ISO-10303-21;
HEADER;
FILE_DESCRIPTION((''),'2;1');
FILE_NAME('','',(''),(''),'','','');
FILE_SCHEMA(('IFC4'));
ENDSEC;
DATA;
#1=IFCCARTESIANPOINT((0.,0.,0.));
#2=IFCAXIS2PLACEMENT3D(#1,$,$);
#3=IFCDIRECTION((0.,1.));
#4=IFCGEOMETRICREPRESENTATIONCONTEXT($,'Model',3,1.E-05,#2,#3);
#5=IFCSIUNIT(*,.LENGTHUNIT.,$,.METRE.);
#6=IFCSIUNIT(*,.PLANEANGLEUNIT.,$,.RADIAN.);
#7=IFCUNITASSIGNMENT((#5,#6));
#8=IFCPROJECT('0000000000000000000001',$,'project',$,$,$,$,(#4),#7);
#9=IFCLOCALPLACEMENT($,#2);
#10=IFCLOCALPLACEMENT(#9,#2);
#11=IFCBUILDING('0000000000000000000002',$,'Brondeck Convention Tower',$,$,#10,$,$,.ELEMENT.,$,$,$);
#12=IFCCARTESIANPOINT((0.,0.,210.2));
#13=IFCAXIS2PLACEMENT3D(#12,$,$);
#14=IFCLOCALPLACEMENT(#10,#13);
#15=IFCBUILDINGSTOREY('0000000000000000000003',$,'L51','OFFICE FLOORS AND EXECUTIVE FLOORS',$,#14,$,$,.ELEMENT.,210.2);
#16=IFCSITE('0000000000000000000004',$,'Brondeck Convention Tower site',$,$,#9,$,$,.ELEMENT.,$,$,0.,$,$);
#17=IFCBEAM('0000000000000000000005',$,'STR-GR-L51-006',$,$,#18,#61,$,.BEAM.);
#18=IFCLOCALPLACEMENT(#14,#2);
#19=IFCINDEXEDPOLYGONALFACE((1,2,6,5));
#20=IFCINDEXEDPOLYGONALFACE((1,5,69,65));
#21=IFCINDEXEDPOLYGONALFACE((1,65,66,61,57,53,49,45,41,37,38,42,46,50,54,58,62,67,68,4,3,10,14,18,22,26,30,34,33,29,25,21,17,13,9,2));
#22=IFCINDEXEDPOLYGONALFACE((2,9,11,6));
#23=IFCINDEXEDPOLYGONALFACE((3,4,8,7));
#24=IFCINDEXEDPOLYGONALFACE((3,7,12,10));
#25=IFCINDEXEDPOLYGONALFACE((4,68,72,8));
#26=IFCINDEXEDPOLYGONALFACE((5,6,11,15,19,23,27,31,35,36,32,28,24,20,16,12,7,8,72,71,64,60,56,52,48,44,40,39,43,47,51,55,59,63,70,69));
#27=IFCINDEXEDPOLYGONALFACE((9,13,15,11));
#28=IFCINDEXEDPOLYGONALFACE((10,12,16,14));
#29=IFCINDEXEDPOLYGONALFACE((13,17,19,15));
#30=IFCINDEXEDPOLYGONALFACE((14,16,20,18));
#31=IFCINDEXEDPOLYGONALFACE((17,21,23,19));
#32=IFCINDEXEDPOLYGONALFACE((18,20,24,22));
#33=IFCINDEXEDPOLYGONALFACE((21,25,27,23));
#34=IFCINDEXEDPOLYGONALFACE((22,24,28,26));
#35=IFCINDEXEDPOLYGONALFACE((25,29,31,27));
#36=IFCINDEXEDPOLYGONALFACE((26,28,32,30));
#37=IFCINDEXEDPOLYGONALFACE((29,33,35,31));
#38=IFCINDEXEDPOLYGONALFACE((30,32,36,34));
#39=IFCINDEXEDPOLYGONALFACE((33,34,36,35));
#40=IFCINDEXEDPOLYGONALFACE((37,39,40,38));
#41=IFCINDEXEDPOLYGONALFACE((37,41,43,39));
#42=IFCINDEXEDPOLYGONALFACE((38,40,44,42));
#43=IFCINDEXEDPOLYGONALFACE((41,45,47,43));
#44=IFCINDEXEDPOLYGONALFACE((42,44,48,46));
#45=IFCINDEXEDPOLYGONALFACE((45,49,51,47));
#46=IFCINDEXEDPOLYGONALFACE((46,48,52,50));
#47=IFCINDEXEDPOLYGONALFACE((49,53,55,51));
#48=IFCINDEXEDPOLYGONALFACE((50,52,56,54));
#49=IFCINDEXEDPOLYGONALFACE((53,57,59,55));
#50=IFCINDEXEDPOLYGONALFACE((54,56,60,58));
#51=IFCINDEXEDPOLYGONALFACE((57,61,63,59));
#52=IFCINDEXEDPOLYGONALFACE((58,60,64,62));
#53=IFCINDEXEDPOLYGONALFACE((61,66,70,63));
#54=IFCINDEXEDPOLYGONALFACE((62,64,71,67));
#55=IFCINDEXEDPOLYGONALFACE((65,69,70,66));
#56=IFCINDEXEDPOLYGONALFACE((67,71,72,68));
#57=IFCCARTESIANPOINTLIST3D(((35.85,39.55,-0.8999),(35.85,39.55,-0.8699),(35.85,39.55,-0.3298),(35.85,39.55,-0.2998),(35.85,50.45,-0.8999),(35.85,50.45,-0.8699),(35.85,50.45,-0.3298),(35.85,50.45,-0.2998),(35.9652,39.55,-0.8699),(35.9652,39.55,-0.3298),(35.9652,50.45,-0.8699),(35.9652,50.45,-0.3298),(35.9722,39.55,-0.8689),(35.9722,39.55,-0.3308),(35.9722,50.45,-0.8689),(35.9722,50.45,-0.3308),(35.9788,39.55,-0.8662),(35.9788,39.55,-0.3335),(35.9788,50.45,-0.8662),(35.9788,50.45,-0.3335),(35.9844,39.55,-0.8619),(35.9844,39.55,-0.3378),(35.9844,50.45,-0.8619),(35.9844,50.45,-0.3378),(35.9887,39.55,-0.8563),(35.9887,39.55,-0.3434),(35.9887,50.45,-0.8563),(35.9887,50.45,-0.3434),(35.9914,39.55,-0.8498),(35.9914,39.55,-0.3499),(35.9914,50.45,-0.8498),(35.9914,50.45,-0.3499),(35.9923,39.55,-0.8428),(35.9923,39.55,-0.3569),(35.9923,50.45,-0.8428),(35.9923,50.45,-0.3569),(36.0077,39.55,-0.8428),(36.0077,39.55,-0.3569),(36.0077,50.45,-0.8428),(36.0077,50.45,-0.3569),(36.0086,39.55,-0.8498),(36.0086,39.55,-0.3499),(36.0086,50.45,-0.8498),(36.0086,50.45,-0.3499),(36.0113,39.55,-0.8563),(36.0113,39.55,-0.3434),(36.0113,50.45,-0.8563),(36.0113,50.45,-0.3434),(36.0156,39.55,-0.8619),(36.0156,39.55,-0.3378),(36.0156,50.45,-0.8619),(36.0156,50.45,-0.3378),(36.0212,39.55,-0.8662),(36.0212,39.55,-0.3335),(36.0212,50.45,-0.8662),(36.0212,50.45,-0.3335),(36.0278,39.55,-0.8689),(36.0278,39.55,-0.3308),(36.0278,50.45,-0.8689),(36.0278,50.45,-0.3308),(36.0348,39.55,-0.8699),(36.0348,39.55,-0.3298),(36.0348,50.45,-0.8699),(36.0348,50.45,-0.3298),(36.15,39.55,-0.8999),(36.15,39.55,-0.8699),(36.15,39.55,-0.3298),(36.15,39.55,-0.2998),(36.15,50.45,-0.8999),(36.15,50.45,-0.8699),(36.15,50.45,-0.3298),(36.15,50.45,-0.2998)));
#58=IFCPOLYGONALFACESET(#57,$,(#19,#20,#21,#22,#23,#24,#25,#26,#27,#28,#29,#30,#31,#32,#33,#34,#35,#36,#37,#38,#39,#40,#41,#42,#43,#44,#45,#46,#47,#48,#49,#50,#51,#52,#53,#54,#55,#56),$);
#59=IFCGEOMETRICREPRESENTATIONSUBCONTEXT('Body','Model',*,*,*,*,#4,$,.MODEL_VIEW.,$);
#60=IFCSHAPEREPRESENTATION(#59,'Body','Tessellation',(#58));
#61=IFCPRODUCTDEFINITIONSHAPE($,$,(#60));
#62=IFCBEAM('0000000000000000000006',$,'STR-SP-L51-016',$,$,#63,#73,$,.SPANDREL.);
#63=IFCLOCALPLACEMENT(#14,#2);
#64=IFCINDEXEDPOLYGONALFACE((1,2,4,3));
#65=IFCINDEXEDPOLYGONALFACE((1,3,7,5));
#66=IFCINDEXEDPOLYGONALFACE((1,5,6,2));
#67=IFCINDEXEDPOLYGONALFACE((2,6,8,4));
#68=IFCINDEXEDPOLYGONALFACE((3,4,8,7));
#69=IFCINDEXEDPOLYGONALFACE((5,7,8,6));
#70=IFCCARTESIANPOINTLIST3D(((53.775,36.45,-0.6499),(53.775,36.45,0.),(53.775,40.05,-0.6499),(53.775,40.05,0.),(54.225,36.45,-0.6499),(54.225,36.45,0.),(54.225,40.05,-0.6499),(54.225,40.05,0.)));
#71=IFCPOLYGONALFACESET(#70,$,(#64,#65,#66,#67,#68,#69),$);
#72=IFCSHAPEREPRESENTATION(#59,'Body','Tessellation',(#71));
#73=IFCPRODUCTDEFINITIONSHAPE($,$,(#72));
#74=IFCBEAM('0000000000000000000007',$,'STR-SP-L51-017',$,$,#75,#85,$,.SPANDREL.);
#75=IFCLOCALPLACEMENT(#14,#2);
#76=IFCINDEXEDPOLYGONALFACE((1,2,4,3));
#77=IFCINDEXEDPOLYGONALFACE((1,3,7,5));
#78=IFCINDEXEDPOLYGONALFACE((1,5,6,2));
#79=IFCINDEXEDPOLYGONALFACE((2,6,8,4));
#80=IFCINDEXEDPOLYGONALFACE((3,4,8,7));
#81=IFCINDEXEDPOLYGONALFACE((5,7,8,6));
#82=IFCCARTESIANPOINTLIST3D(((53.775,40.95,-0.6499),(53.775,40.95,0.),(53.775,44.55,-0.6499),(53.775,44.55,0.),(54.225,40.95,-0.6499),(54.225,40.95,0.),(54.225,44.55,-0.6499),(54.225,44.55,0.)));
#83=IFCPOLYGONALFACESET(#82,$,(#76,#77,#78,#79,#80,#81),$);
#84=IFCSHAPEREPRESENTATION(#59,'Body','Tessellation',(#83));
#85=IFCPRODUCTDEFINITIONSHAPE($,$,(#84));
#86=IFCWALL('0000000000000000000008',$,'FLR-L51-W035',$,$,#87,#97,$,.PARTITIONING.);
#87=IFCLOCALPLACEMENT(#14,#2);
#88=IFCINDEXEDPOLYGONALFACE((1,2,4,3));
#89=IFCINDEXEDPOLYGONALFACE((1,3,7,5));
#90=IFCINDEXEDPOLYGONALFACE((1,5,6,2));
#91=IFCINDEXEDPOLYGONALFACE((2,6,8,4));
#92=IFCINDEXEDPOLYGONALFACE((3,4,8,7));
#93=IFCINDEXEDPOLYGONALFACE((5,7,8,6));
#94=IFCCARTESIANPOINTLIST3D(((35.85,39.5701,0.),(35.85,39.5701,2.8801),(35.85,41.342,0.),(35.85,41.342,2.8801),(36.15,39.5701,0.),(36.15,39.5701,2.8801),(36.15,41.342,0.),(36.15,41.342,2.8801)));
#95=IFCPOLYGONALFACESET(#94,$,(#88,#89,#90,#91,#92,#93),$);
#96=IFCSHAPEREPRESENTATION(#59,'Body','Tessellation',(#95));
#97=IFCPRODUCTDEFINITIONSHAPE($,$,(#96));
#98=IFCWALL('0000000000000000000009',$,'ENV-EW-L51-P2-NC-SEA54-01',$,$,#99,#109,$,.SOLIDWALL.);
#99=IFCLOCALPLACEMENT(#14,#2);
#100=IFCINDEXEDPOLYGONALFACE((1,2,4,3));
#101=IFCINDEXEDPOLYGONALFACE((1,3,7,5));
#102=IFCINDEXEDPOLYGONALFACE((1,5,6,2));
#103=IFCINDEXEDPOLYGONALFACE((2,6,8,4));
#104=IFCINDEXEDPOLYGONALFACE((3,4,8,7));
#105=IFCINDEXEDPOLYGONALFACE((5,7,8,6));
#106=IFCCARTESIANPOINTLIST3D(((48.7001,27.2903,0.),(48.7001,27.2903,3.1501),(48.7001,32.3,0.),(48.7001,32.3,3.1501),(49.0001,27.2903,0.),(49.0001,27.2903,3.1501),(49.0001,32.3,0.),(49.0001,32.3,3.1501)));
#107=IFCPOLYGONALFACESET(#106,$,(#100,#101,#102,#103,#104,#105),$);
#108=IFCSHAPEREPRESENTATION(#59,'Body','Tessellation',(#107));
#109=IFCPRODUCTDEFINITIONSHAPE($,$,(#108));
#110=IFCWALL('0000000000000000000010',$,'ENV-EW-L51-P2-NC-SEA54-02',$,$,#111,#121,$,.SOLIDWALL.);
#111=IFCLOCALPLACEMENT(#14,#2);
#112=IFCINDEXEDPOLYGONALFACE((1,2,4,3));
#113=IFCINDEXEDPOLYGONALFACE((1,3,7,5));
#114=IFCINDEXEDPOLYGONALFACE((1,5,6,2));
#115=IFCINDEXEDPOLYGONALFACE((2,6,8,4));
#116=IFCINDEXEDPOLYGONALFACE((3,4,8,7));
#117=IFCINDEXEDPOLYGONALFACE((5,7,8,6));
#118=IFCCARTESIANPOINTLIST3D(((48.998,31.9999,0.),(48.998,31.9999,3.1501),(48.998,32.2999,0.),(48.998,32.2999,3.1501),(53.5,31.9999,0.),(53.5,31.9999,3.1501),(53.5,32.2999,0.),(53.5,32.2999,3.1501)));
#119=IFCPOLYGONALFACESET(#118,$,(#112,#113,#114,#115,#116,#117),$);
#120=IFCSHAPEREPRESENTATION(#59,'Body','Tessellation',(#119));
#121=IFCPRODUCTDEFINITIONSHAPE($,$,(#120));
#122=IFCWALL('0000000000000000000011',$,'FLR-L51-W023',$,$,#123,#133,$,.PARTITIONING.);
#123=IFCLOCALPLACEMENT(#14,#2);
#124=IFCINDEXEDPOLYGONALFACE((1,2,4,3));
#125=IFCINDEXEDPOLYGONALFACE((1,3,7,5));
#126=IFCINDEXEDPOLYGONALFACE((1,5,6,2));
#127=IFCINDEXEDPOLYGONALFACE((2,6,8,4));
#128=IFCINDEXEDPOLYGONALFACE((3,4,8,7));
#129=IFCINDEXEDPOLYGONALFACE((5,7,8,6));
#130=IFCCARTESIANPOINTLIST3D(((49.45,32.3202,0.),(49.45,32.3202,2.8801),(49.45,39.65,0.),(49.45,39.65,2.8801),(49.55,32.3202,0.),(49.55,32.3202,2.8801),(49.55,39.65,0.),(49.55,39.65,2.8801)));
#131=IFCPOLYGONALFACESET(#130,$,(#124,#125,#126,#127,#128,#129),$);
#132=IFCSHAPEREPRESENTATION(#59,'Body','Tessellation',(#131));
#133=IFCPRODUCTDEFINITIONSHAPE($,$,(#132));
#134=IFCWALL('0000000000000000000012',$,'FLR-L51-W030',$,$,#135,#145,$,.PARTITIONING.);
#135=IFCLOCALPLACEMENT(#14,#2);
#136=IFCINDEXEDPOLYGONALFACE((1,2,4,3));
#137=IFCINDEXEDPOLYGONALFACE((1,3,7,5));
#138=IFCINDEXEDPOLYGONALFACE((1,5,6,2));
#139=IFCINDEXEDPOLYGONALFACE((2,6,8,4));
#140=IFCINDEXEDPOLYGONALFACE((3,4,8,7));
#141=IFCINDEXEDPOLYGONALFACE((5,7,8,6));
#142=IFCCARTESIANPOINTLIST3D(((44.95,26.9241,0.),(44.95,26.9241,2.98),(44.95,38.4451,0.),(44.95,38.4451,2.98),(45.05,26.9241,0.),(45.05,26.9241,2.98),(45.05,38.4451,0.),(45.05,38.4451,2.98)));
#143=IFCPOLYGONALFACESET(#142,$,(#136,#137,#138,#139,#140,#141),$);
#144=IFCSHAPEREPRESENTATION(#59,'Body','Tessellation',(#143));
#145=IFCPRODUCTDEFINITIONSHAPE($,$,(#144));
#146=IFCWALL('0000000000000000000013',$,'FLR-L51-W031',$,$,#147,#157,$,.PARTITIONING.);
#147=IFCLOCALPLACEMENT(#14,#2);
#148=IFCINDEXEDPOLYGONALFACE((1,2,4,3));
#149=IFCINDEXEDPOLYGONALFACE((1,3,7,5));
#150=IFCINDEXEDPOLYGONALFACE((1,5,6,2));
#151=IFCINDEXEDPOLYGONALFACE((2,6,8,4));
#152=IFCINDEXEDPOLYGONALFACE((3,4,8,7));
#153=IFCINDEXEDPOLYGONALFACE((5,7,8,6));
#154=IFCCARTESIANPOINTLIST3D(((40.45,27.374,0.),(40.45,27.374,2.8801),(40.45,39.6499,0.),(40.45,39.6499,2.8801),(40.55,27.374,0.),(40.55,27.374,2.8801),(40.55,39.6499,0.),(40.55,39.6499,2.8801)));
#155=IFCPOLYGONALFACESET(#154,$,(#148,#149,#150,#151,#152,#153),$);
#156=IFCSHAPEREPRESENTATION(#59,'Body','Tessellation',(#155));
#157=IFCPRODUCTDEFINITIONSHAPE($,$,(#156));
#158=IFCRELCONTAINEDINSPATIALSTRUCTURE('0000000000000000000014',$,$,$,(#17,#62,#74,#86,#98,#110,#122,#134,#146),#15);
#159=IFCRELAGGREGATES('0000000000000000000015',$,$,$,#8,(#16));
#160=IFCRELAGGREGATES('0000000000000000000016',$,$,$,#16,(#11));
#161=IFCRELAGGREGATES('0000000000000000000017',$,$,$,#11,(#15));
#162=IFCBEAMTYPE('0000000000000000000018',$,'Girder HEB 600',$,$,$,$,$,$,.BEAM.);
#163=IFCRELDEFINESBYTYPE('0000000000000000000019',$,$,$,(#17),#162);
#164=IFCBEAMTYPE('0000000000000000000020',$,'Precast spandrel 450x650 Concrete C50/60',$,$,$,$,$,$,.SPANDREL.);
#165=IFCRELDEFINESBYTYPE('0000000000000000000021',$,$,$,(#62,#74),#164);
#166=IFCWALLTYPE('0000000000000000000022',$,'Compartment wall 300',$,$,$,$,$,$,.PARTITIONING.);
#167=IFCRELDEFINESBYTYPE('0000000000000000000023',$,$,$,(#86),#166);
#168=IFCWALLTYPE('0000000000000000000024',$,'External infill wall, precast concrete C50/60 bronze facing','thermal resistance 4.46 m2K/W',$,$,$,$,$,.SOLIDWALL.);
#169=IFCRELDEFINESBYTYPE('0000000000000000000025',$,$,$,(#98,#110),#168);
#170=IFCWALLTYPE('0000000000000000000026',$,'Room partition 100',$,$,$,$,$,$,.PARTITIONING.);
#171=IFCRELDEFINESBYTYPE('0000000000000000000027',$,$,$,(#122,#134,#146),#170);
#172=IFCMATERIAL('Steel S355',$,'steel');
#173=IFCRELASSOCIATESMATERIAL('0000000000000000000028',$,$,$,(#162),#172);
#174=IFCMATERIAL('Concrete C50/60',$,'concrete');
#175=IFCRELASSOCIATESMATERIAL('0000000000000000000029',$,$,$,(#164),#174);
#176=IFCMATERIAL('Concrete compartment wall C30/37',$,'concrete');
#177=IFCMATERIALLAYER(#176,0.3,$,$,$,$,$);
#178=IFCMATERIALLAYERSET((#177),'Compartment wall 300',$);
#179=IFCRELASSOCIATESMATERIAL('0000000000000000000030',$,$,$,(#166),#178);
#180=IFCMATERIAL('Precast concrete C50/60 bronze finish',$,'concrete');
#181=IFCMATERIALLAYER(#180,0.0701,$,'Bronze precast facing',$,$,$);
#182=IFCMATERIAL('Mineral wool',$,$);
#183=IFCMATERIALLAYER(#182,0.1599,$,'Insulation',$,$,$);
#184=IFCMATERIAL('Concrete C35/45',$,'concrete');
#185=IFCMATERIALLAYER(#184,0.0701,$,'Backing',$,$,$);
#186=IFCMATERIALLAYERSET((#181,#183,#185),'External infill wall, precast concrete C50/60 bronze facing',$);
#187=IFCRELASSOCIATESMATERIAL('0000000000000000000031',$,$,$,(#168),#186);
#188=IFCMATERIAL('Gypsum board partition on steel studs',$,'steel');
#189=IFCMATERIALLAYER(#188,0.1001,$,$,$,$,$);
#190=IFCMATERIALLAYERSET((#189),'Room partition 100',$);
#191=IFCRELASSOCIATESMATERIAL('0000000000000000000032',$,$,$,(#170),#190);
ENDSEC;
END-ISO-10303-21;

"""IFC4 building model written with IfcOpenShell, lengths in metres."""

from ifc_helpers import new_model, si_unit, direction, frame, frame_2d, origin, origin_2d, place, context, subcontext, project, spatial, rectangle, i_section, extrude, material, layer, layer_set, material_profile, profile_set, type_object, element, save


model = new_model("IFC4")

# Units and contexts
model_context = context("Model", 3, precision=1e-05, world=origin(), true_north=direction((0.0, 1.0)))
body_context = subcontext(model_context, "Body", "Model", "MODEL_VIEW")
ifc_project = project(units=[si_unit("LENGTHUNIT", "METRE"), si_unit("PLANEANGLEUNIT", "RADIAN")], contexts=[model_context])

# Site, building, storey
site_placement = place(None, origin())
site = spatial("IfcSite", under=ifc_project, at=site_placement, Name="Brondeck Convention Tower site", CompositionType="ELEMENT", RefElevation=0.0)
building_placement = place(site_placement, origin())
building = spatial("IfcBuilding", under=site, at=building_placement, Name="Brondeck Convention Tower", CompositionType="ELEMENT")
storey_placement = place(building_placement, frame((0.0, 0.0, 210.2)))
storey = spatial("IfcBuildingStorey", under=building, at=storey_placement, Name="L51", Description="OFFICE FLOORS AND EXECUTIVE FLOORS", CompositionType="ELEMENT", Elevation=210.2)

# Shared definitions
ifc_material_1 = material(Name="Concrete C50/60", Category="concrete")

# Beams
ifc_material_2 = material(Name="Steel S355", Category="steel")
ifc_material_profile_1 = material_profile(ifc_material_2, i_section(OverallWidth=0.3, OverallDepth=0.6001, WebThickness=0.0154, FlangeThickness=0.03, FilletRadius=0.0271, at=origin_2d()), Name="HEB 600")
ifc_profile_set_1 = profile_set([ifc_material_profile_1], Name="Steel S355")
beam_type_1 = type_object("IfcBeamType", Name="Girder HEB 600", PredefinedType="BEAM", material=ifc_profile_set_1)
beam_1_placement = place(storey_placement, frame((36.0, 39.55, -0.5999), z_axis=(0.0, 1.0, 0.0), x_axis=(-1.0, 0.0, 0.0)))
element("IfcBeam", 1, at=beam_1_placement, inside=storey, type_object=beam_type_1, Name="STR-GR-L51-006", PredefinedType="BEAM", context=body_context, shape_type="SweptSolid", body=[
    extrude(i_section(OverallWidth=0.3, OverallDepth=0.6001, WebThickness=0.0154, FlangeThickness=0.03, FilletRadius=0.0271, at=origin_2d()), origin(), (0.0, 0.0, 1.0), 10.8999),
])
ifc_material_profile_2 = material_profile(ifc_material_1, rectangle(XDim=0.45, YDim=0.6499, at=origin_2d()), Name="Precast spandrel 450x650 Concrete C50/60")
ifc_profile_set_2 = profile_set([ifc_material_profile_2], Name="Concrete C50/60")
beam_type_2 = type_object("IfcBeamType", Name="Precast spandrel 450x650 Concrete C50/60", PredefinedType="SPANDREL", material=ifc_profile_set_2)
for number, where, z_axis, x_axis, name in (
    (2, (54.0, 36.45, -0.325), (0.0, 1.0, 0.0), (-1.0, 0.0, 0.0), "STR-SP-L51-016"),
    (3, (54.0, 40.95, -0.325), (0.0, 1.0, 0.0), (-1.0, 0.0, 0.0), "STR-SP-L51-017"),
):
    element("IfcBeam", number, at=place(storey_placement, frame(where, z_axis=z_axis, x_axis=x_axis)), inside=storey, type_object=beam_type_2, Name=name, PredefinedType="SPANDREL", context=body_context, shape_type="SweptSolid", body=[
        extrude(rectangle(XDim=0.45, YDim=0.6499, at=origin_2d()), origin(), (0.0, 0.0, 1.0), 3.6001),
    ])

# Walls
ifc_material_3 = material(Name="Concrete compartment wall C30/37", Category="concrete")
ifc_layer_1 = layer(ifc_material_3, 0.3)
ifc_layer_set_1 = layer_set([ifc_layer_1], Name="Compartment wall 300")
wall_type_1 = type_object("IfcWallType", Name="Compartment wall 300", PredefinedType="PARTITIONING", material=ifc_layer_set_1)
wall_1_placement = place(storey_placement, frame((36.0, 39.5701, 0.0), z_axis=(0.0, 0.0, 1.0), x_axis=(0.0, 1.0, 0.0)))
element("IfcWall", 4, at=wall_1_placement, inside=storey, type_object=wall_type_1, Name="FLR-L51-W035", PredefinedType="PARTITIONING", context=body_context, shape_type="SweptSolid", body=[
    extrude(rectangle(XDim=1.772, YDim=0.3, at=frame_2d((0.886, 0.0))), origin(), (0.0, 0.0, 1.0), 2.8801),
])
ifc_material_4 = material(Name="Precast concrete C50/60 bronze finish", Category="concrete")
ifc_layer_2 = layer(ifc_material_4, 0.0701, Name="Bronze precast facing")
ifc_material_5 = material(Name="Mineral wool")
ifc_layer_3 = layer(ifc_material_5, 0.1599, Name="Insulation")
ifc_material_6 = material(Name="Concrete C35/45", Category="concrete")
ifc_layer_4 = layer(ifc_material_6, 0.0701, Name="Backing")
ifc_layer_set_2 = layer_set([ifc_layer_2, ifc_layer_3, ifc_layer_4], Name="External infill wall, precast concrete C50/60 bronze facing")
wall_type_2 = type_object("IfcWallType", Name="External infill wall, precast concrete C50/60 bronze facing", Description="thermal resistance 4.46 m2K/W", PredefinedType="SOLIDWALL", material=ifc_layer_set_2)
wall_2_placement = place(storey_placement, frame((48.8501, 32.3, 0.0), z_axis=(0.0, 0.0, 1.0), x_axis=(0.0, -1.0, 0.0)))
element("IfcWall", 5, at=wall_2_placement, inside=storey, type_object=wall_type_2, Name="ENV-EW-L51-P2-NC-SEA54-01", PredefinedType="SOLIDWALL", context=body_context, shape_type="SweptSolid", body=[
    extrude(rectangle(XDim=5.0098, YDim=0.3, at=frame_2d((2.5049, 0.0))), origin(), (0.0, 0.0, 1.0), 3.1501),
])
wall_3_placement = place(storey_placement, frame((53.5, 32.1499, 0.0), z_axis=(0.0, 0.0, 1.0), x_axis=(-1.0, 0.0, 0.0)))
element("IfcWall", 6, at=wall_3_placement, inside=storey, type_object=wall_type_2, Name="ENV-EW-L51-P2-NC-SEA54-02", PredefinedType="SOLIDWALL", context=body_context, shape_type="SweptSolid", body=[
    extrude(rectangle(XDim=4.502, YDim=0.3, at=frame_2d((2.251, 0.0))), origin(), (0.0, 0.0, 1.0), 3.1501),
])
ifc_material_7 = material(Name="Gypsum board partition on steel studs", Category="steel")
ifc_layer_5 = layer(ifc_material_7, 0.1001)
ifc_layer_set_3 = layer_set([ifc_layer_5], Name="Room partition 100")
wall_type_3 = type_object("IfcWallType", Name="Room partition 100", PredefinedType="PARTITIONING", material=ifc_layer_set_3)
wall_4_placement = place(storey_placement, frame((49.5, 32.3201, 0.0), z_axis=(0.0, 0.0, 1.0), x_axis=(0.0, 1.0, 0.0)))
element("IfcWall", 7, at=wall_4_placement, inside=storey, type_object=wall_type_3, Name="FLR-L51-W023", PredefinedType="PARTITIONING", context=body_context, shape_type="SweptSolid", body=[
    extrude(rectangle(XDim=7.3298, YDim=0.1001, at=frame_2d((3.665, 0.0))), origin(), (0.0, 0.0, 1.0), 2.8801),
])
wall_5_placement = place(storey_placement, frame((45.0, 38.4451, 0.0), z_axis=(0.0, 0.0, 1.0), x_axis=(0.0, -1.0, 0.0)))
element("IfcWall", 8, at=wall_5_placement, inside=storey, type_object=wall_type_3, Name="FLR-L51-W030", PredefinedType="PARTITIONING", context=body_context, shape_type="SweptSolid", body=[
    extrude(rectangle(XDim=11.521, YDim=0.1001, at=frame_2d((5.7605, 0.0))), origin(), (0.0, 0.0, 1.0), 2.98),
])
wall_6_placement = place(storey_placement, frame((40.5, 39.6499, 0.0), z_axis=(0.0, 0.0, 1.0), x_axis=(0.0, -1.0, 0.0)))
element("IfcWall", 9, at=wall_6_placement, inside=storey, type_object=wall_type_3, Name="FLR-L51-W031", PredefinedType="PARTITIONING", context=body_context, shape_type="SweptSolid", body=[
    extrude(rectangle(XDim=12.2759, YDim=0.1001, at=frame_2d((6.1379, 0.0))), origin(), (0.0, 0.0, 1.0), 2.8801),
])

save(model, "model.ifc")
